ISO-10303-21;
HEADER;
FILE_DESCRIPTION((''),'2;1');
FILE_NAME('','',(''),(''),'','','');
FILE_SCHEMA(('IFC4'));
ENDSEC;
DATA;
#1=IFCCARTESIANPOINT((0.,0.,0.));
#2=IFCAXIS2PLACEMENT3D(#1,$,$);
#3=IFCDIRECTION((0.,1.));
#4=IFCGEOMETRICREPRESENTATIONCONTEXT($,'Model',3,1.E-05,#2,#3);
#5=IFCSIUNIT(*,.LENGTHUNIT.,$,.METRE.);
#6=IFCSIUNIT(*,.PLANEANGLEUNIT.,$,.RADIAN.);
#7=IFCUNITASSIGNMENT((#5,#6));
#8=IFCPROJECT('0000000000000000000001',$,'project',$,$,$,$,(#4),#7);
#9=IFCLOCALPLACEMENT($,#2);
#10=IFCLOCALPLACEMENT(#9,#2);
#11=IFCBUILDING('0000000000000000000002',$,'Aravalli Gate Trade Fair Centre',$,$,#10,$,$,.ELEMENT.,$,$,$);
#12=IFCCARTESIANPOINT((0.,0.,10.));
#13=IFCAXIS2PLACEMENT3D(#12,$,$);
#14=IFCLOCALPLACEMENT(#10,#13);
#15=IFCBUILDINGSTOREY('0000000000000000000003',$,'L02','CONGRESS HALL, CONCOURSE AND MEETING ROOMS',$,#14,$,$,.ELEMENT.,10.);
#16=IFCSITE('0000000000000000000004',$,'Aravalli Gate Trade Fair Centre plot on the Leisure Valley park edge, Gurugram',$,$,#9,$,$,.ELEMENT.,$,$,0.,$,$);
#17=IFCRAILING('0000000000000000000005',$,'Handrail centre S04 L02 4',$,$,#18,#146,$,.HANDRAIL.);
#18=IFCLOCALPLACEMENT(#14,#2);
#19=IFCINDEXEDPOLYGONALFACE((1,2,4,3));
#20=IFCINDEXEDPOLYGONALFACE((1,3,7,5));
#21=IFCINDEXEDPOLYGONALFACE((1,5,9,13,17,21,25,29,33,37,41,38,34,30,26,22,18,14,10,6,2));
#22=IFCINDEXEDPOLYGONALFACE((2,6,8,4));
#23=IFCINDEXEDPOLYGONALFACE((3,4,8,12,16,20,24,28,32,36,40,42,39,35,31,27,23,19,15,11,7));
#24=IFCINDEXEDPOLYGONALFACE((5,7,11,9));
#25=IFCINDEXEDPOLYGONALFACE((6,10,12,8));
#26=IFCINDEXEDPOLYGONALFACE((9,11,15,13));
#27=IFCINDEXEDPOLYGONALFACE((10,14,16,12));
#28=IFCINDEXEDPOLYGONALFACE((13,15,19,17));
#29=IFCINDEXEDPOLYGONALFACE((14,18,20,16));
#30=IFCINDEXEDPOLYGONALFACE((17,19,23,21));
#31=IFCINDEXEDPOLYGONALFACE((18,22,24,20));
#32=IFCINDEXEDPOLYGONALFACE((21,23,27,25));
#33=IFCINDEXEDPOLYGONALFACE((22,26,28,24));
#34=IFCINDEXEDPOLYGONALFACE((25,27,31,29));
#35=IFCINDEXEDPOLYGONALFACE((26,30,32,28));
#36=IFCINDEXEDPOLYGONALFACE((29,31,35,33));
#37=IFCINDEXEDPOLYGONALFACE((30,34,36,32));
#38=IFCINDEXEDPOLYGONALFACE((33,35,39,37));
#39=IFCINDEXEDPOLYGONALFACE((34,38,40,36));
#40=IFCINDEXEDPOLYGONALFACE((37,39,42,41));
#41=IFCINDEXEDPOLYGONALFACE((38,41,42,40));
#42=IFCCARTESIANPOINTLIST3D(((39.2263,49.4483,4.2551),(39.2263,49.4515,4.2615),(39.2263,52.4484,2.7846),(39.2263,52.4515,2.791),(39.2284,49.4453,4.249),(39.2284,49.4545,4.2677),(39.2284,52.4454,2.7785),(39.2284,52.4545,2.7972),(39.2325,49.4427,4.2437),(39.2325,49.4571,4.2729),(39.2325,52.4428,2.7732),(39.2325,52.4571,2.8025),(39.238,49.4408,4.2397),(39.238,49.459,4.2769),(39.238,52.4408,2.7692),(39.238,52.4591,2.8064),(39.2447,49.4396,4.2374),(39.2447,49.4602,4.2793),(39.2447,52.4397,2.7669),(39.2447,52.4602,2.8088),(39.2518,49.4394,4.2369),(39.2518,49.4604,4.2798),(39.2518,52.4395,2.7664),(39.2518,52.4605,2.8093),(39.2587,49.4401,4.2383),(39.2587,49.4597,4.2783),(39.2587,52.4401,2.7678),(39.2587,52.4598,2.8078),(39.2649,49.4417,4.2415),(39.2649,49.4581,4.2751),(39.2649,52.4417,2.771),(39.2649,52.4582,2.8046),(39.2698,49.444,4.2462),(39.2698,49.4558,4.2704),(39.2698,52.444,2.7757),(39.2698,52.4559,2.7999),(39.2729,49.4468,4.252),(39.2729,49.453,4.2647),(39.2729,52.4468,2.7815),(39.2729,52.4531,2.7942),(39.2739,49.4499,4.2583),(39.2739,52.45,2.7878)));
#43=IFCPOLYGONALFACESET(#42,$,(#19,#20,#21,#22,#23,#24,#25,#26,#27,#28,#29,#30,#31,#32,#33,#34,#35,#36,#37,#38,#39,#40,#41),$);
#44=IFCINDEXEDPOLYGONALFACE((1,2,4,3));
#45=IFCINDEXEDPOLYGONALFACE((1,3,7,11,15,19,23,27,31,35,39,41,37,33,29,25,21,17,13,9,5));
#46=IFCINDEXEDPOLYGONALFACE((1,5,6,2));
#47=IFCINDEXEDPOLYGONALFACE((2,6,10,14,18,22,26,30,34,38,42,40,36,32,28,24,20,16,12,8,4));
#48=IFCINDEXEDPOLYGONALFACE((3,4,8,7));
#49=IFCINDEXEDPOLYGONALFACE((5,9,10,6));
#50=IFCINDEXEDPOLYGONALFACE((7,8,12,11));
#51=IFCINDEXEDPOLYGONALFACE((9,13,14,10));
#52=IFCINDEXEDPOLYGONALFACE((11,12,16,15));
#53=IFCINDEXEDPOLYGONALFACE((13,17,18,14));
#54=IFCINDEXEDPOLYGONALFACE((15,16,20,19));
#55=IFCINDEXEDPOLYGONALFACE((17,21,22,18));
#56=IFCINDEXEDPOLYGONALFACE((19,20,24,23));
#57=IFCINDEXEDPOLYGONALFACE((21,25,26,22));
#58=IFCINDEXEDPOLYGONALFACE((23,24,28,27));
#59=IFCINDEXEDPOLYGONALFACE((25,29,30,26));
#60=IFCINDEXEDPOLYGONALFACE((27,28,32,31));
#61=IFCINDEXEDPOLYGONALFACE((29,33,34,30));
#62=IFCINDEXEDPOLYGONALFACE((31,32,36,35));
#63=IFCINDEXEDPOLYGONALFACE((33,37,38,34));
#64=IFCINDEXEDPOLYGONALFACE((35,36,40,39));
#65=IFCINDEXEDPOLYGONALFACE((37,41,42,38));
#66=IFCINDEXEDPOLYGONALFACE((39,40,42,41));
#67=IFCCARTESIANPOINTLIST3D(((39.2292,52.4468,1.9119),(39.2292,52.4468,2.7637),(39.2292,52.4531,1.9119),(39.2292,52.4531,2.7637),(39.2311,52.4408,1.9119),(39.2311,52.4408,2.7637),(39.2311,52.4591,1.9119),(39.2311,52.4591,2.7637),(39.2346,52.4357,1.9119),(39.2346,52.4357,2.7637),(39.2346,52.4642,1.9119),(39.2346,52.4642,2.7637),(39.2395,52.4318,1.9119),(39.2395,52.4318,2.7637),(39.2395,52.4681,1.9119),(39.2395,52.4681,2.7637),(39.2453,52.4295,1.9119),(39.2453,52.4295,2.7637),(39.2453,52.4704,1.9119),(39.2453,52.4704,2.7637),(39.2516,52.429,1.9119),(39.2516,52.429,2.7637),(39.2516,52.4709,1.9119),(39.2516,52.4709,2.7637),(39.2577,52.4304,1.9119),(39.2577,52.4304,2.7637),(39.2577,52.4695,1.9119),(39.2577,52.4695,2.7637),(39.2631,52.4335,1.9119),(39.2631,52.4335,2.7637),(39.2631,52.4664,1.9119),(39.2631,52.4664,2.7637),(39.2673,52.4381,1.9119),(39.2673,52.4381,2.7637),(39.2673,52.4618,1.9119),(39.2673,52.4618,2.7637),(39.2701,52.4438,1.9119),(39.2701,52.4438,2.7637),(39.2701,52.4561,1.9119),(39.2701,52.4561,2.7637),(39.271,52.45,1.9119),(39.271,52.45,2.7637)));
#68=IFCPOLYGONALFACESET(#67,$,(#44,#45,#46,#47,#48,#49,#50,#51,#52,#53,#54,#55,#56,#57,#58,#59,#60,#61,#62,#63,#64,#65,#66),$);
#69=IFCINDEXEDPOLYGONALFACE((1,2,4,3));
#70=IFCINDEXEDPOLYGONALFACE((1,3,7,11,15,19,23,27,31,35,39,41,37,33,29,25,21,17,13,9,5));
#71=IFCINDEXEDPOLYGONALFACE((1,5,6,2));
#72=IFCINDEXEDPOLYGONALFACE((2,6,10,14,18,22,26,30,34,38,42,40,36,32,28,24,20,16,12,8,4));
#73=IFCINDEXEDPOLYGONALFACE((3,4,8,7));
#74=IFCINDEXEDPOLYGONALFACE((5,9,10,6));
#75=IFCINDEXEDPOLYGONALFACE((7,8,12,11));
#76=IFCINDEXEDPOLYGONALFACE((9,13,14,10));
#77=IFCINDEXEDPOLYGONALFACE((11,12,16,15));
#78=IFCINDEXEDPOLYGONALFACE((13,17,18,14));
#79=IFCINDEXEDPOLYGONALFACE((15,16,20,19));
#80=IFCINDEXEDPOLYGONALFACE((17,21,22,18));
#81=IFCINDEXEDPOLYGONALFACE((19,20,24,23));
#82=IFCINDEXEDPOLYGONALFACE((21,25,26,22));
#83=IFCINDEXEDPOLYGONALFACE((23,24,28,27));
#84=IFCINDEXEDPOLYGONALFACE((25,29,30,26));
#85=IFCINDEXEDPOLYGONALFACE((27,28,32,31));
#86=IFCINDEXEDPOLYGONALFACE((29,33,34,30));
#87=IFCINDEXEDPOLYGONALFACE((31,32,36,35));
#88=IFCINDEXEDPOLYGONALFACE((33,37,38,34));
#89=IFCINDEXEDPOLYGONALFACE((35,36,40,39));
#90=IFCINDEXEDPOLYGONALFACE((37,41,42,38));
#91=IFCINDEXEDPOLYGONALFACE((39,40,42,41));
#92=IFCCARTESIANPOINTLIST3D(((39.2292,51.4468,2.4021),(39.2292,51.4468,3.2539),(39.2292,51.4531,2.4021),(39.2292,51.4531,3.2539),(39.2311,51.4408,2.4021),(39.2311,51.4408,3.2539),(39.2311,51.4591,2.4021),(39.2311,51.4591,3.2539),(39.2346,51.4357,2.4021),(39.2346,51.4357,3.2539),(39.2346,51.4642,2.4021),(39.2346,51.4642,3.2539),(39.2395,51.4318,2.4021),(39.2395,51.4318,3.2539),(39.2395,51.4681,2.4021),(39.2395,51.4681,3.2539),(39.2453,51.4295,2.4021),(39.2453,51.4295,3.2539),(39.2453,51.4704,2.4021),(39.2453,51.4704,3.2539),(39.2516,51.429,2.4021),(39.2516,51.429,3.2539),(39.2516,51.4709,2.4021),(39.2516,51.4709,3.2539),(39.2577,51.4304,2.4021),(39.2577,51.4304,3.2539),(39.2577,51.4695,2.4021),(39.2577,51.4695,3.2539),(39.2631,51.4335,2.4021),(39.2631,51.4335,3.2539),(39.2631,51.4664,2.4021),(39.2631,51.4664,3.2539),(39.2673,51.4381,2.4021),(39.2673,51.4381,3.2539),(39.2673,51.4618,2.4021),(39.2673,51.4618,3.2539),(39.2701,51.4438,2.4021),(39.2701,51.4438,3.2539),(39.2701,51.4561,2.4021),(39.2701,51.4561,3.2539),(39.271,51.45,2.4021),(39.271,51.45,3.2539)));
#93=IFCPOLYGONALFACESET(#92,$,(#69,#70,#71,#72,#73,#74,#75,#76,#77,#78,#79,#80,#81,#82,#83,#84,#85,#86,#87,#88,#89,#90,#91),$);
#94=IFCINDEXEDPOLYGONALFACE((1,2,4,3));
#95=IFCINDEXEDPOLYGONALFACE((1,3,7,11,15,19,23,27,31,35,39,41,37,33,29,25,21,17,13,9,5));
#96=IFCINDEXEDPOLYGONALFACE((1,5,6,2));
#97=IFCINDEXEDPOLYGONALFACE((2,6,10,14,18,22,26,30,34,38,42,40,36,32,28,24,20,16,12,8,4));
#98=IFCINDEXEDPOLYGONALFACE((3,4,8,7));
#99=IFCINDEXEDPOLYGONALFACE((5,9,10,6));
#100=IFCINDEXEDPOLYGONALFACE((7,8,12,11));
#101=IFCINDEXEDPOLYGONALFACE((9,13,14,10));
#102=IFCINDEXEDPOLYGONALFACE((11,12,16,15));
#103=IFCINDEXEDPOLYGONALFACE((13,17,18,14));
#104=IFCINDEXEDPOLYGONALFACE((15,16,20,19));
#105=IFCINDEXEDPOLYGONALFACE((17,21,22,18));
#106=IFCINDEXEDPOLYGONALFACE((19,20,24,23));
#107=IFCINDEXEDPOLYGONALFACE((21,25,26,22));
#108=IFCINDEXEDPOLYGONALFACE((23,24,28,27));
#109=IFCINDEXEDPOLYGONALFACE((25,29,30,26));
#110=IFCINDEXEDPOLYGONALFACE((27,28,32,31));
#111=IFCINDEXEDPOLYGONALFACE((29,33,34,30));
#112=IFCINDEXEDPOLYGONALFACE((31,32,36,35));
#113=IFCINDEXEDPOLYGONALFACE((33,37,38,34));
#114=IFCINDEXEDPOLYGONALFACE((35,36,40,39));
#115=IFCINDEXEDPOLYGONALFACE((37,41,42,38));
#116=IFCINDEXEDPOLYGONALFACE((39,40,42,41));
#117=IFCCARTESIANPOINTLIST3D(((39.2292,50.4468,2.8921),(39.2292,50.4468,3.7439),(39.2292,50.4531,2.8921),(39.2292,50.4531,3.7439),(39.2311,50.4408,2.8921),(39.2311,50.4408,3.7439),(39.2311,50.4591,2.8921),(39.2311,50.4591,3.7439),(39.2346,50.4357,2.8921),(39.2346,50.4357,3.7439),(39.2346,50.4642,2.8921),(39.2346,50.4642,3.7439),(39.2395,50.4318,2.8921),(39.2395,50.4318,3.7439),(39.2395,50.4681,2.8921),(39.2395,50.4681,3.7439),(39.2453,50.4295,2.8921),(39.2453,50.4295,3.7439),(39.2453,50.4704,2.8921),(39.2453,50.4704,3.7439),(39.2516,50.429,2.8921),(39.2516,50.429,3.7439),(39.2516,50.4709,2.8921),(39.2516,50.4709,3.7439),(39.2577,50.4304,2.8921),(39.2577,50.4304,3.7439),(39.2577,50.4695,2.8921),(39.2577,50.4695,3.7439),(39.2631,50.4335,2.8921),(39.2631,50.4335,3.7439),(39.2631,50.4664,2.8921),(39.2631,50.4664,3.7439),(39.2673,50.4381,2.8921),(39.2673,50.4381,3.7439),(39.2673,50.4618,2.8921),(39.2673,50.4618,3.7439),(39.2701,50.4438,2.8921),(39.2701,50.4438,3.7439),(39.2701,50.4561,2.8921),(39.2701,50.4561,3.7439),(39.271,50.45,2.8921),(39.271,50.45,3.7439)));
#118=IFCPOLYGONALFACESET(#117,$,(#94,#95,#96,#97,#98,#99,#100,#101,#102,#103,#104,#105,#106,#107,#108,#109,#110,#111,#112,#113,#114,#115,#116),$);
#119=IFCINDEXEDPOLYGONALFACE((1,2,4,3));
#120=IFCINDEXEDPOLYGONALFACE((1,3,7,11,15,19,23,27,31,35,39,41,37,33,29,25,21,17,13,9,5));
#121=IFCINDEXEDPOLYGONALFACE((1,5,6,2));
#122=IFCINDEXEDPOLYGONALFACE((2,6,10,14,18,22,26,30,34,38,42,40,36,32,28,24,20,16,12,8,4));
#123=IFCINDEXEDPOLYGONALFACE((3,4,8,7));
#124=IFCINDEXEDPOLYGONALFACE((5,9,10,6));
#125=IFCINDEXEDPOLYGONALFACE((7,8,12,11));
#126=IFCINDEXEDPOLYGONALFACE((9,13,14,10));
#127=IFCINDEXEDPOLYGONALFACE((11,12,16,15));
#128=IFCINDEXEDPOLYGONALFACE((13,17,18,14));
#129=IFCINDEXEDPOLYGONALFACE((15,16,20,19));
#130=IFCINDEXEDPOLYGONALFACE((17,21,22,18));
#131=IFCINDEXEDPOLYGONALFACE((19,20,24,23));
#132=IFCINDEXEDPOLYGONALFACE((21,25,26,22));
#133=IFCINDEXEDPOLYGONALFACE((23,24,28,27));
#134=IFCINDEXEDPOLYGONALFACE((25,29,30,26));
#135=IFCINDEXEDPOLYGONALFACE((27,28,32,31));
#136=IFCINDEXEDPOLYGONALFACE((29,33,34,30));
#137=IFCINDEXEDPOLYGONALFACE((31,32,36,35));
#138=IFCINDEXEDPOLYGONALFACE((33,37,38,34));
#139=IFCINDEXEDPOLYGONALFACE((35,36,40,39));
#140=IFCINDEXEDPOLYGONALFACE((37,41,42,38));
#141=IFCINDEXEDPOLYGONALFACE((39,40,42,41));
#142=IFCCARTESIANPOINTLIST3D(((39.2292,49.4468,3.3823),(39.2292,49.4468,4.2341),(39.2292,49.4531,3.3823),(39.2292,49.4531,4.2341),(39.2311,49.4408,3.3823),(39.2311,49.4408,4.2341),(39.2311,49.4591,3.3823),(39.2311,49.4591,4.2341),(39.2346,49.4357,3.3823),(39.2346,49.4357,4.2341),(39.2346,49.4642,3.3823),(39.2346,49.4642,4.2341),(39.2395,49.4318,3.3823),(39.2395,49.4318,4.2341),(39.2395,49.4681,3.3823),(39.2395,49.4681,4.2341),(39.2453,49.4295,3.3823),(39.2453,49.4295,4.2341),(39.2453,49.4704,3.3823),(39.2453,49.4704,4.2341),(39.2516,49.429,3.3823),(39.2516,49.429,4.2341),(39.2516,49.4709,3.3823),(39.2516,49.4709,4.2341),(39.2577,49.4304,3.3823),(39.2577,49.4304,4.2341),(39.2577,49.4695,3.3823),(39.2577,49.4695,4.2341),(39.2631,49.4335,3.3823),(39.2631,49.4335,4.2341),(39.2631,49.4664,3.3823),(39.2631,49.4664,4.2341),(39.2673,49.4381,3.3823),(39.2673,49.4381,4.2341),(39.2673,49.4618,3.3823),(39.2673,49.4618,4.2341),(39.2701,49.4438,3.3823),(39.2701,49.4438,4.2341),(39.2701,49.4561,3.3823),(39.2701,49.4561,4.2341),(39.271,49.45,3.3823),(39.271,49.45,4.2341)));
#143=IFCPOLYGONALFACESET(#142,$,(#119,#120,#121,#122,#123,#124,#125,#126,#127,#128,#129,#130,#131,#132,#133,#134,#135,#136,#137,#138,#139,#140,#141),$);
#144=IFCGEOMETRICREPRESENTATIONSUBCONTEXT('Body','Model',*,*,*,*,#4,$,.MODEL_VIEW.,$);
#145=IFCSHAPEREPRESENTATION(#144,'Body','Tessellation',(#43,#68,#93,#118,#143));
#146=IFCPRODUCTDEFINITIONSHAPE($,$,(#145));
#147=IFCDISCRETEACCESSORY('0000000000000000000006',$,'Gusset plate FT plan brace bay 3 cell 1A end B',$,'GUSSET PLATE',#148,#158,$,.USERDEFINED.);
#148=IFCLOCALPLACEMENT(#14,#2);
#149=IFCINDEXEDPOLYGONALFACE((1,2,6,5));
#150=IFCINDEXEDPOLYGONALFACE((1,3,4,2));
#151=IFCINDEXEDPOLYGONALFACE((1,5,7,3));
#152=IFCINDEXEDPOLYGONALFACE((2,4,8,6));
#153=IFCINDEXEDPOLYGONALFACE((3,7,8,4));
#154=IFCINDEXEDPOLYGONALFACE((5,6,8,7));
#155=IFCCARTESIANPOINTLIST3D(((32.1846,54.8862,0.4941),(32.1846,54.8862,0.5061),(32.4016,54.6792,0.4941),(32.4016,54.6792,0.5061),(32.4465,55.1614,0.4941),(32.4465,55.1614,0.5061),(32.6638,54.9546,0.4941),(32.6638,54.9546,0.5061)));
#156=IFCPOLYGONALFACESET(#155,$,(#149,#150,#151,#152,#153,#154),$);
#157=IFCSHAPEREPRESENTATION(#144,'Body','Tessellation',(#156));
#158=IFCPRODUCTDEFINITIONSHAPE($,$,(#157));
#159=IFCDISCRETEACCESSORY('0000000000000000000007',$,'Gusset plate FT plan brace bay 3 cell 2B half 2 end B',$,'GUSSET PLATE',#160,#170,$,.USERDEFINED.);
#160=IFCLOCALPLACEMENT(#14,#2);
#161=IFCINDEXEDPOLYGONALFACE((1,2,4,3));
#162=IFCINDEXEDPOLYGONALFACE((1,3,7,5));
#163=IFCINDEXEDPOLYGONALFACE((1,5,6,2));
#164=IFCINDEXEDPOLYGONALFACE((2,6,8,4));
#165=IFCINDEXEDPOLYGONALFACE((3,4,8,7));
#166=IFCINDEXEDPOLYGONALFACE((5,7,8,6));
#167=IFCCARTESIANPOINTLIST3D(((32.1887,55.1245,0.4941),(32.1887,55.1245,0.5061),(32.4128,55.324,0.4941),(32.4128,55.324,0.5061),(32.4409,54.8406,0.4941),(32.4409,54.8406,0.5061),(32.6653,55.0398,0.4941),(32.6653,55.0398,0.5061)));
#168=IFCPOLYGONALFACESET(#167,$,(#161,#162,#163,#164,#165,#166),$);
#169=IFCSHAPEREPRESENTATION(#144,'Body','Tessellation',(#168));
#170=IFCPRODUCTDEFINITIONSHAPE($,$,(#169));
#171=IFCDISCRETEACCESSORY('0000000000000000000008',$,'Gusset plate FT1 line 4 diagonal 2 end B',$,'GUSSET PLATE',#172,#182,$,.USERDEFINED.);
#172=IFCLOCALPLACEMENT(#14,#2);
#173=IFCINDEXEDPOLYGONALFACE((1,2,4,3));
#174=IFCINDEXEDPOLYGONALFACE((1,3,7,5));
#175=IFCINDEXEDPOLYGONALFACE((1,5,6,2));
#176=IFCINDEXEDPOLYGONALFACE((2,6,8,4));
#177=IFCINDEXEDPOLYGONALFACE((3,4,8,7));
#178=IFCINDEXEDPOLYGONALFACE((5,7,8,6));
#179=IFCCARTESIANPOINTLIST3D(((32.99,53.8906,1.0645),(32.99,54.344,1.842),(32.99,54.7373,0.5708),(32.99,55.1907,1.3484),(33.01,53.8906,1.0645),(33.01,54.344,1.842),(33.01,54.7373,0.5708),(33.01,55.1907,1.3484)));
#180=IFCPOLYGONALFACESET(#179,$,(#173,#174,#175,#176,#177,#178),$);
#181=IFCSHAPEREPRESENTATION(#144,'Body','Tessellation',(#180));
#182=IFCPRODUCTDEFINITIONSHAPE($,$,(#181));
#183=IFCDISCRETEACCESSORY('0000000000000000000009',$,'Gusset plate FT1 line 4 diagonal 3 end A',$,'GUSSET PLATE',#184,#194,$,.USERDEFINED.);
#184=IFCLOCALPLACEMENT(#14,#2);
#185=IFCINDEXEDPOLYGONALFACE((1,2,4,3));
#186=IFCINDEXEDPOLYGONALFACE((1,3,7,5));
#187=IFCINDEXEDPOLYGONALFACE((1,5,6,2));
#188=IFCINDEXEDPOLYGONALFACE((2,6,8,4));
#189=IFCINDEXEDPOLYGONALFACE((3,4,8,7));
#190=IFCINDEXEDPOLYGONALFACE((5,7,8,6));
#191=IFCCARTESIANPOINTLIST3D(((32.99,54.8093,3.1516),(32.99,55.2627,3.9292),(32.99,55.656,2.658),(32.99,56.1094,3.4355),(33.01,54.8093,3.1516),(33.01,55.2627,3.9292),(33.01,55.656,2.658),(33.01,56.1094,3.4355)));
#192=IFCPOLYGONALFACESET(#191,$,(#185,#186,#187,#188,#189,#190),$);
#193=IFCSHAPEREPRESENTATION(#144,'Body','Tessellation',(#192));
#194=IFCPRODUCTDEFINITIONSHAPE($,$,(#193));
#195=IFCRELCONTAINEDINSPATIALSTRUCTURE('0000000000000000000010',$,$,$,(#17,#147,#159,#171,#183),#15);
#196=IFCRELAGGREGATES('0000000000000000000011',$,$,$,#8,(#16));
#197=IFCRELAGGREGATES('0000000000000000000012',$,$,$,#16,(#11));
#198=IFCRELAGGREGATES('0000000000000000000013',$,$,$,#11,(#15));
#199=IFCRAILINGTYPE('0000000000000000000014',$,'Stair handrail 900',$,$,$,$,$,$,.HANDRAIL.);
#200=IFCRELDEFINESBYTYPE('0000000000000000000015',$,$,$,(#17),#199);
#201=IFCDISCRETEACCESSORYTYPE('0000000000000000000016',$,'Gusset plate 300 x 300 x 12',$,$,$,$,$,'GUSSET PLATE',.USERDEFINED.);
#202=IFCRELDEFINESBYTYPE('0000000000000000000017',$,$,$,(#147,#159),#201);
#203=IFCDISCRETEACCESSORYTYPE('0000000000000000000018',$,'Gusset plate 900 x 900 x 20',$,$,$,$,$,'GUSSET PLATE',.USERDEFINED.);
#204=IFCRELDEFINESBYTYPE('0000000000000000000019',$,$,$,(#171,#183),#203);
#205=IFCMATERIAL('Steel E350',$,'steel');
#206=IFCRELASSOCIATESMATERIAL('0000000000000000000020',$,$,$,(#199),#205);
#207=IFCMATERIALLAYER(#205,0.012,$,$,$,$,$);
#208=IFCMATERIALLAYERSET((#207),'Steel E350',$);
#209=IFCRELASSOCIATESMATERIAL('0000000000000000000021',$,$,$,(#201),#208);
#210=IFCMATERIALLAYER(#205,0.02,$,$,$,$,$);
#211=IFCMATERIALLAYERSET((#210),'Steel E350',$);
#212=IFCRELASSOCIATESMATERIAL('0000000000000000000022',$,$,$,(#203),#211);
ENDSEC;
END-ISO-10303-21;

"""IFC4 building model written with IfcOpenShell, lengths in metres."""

from ifc_helpers import new_model, si_unit, direction, frame, origin, origin_2d, place, context, subcontext, project, spatial, polyline, circle, outline, extrude, material, layer, layer_set, type_object, element, save


model = new_model("IFC4")

# Units and contexts
model_context = context("Model", 3, precision=1e-05, world=origin(), true_north=direction((0.0, 1.0)))
body_context = subcontext(model_context, "Body", "Model", "MODEL_VIEW")
ifc_project = project(units=[si_unit("LENGTHUNIT", "METRE"), si_unit("PLANEANGLEUNIT", "RADIAN")], contexts=[model_context])

# Site, building, storey
site_placement = place(None, origin())
site = spatial("IfcSite", under=ifc_project, at=site_placement, Name="Aravalli Gate Trade Fair Centre plot on the Leisure Valley park edge, Gurugram", CompositionType="ELEMENT", RefElevation=0.0)
building_placement = place(site_placement, origin())
building = spatial("IfcBuilding", under=site, at=building_placement, Name="Aravalli Gate Trade Fair Centre", CompositionType="ELEMENT")
storey_placement = place(building_placement, frame((0.0, 0.0, 10.0)))
storey = spatial("IfcBuildingStorey", under=building, at=storey_placement, Name="L02", Description="CONGRESS HALL, CONCOURSE AND MEETING ROOMS", CompositionType="ELEMENT", Elevation=10.0)

# Shared definitions
ifc_material_1 = material(Name="Steel E350", Category="steel")

# Railing
railing_type = type_object("IfcRailingType", Name="Stair handrail 900", PredefinedType="HANDRAIL", material=ifc_material_1)
for number, where, name in (
    (1, (39.25, 52.45, 1.9119), "Handrail centre S04 L02 4"),
):
    element("IfcRailing", number, at=place(storey_placement, frame(where)), inside=storey, type_object=railing_type, Name=name, PredefinedType="HANDRAIL", context=body_context, shape_type="SweptSolid", body=[
        extrude(circle(Radius=0.0239, at=origin_2d()), frame((0.0, 0.0, 0.876), z_axis=(0.0, -0.897936, 0.440126), x_axis=(1.0, 0.0, 0.0)), (0.0, 0.0, 1.0), 3.3411),
        extrude(circle(Radius=0.021, at=origin_2d()), origin(), (0.0, 0.0, 1.0), 0.8518),
        extrude(circle(Radius=0.021, at=origin_2d()), frame((0.0, -1.0, 0.4902)), (0.0, 0.0, 1.0), 0.8518),
        extrude(circle(Radius=0.021, at=origin_2d()), frame((0.0, -2.0, 0.9802)), (0.0, 0.0, 1.0), 0.8518),
        extrude(circle(Radius=0.021, at=origin_2d()), frame((0.0, -3.0, 1.4705)), (0.0, 0.0, 1.0), 0.8518),
    ])

# Discrete accessories
ifc_layer_1 = layer(ifc_material_1, 0.012)
ifc_layer_set_1 = layer_set([ifc_layer_1], Name="Steel E350")
discrete_accessory_type_1 = type_object("IfcDiscreteAccessoryType", Name="Gusset plate 300 x 300 x 12", ElementType="GUSSET PLATE", PredefinedType="USERDEFINED", material=ifc_layer_set_1)
discrete_accessory_1_placement = place(storey_placement, frame((32.4016, 54.6792, 0.5061), z_axis=(0.0, 0.0, 1.0), x_axis=(0.689559, 0.72423, 0.0)))
element("IfcDiscreteAccessory", 2, at=discrete_accessory_1_placement, inside=storey, type_object=discrete_accessory_type_1, Name="Gusset plate FT plan brace bay 3 cell 1A end B", ObjectType="GUSSET PLATE", PredefinedType="USERDEFINED", context=body_context, shape_type="SweptSolid", body=[
    extrude(outline(polyline([(0.0, 0.0), (0.3803, 0.0), (0.3802, 0.3), (0.0003, 0.2999), (0.0, 0.0)])), origin(), (0.0, 0.0, -1.0), 0.012),
])
discrete_accessory_2_placement = place(storey_placement, frame((32.1887, 55.1245, 0.5061), z_axis=(0.0, 0.0, 1.0), x_axis=(0.664084, -0.747658, 0.0)))
element("IfcDiscreteAccessory", 3, at=discrete_accessory_2_placement, inside=storey, type_object=discrete_accessory_type_1, Name="Gusset plate FT plan brace bay 3 cell 2B half 2 end B", ObjectType="GUSSET PLATE", PredefinedType="USERDEFINED", context=body_context, shape_type="SweptSolid", body=[
    extrude(outline(polyline([(0.0, 0.0), (0.3798, 0.0), (0.3798, 0.3), (-0.0003, 0.3), (0.0, 0.0)])), origin(), (0.0, 0.0, -1.0), 0.012),
])
ifc_layer_2 = layer(ifc_material_1, 0.02)
ifc_layer_set_2 = layer_set([ifc_layer_2], Name="Steel E350")
discrete_accessory_type_2 = type_object("IfcDiscreteAccessoryType", Name="Gusset plate 900 x 900 x 20", ElementType="GUSSET PLATE", PredefinedType="USERDEFINED", material=ifc_layer_set_2)
discrete_accessory_3_placement = place(storey_placement, frame((33.01, 53.8906, 1.0645), z_axis=(1.0, 0.0, 0.0), x_axis=(0.0, 0.863887, -0.503685)))
element("IfcDiscreteAccessory", 4, at=discrete_accessory_3_placement, inside=storey, type_object=discrete_accessory_type_2, Name="Gusset plate FT1 line 4 diagonal 2 end B", ObjectType="GUSSET PLATE", PredefinedType="USERDEFINED", context=body_context, shape_type="SweptSolid", body=[
    extrude(outline(polyline([(0.0, 0.0), (0.9801, 0.0), (0.9801, 0.9001), (0.0, 0.9001), (0.0, 0.0)])), origin(), (0.0, 0.0, -1.0), 0.02),
])
discrete_accessory_4_placement = place(storey_placement, frame((32.99, 55.656, 2.658), z_axis=(-1.0, 0.0, 0.0), x_axis=(0.0, -0.863887, 0.503685)))
element("IfcDiscreteAccessory", 5, at=discrete_accessory_4_placement, inside=storey, type_object=discrete_accessory_type_2, Name="Gusset plate FT1 line 4 diagonal 3 end A", ObjectType="GUSSET PLATE", PredefinedType="USERDEFINED", context=body_context, shape_type="SweptSolid", body=[
    extrude(outline(polyline([(0.0, 0.0), (0.9801, 0.0), (0.9801, 0.9001), (0.0, 0.9001), (0.0, 0.0)])), origin(), (0.0, 0.0, -1.0), 0.02),
])

save(model, "model.ifc")
